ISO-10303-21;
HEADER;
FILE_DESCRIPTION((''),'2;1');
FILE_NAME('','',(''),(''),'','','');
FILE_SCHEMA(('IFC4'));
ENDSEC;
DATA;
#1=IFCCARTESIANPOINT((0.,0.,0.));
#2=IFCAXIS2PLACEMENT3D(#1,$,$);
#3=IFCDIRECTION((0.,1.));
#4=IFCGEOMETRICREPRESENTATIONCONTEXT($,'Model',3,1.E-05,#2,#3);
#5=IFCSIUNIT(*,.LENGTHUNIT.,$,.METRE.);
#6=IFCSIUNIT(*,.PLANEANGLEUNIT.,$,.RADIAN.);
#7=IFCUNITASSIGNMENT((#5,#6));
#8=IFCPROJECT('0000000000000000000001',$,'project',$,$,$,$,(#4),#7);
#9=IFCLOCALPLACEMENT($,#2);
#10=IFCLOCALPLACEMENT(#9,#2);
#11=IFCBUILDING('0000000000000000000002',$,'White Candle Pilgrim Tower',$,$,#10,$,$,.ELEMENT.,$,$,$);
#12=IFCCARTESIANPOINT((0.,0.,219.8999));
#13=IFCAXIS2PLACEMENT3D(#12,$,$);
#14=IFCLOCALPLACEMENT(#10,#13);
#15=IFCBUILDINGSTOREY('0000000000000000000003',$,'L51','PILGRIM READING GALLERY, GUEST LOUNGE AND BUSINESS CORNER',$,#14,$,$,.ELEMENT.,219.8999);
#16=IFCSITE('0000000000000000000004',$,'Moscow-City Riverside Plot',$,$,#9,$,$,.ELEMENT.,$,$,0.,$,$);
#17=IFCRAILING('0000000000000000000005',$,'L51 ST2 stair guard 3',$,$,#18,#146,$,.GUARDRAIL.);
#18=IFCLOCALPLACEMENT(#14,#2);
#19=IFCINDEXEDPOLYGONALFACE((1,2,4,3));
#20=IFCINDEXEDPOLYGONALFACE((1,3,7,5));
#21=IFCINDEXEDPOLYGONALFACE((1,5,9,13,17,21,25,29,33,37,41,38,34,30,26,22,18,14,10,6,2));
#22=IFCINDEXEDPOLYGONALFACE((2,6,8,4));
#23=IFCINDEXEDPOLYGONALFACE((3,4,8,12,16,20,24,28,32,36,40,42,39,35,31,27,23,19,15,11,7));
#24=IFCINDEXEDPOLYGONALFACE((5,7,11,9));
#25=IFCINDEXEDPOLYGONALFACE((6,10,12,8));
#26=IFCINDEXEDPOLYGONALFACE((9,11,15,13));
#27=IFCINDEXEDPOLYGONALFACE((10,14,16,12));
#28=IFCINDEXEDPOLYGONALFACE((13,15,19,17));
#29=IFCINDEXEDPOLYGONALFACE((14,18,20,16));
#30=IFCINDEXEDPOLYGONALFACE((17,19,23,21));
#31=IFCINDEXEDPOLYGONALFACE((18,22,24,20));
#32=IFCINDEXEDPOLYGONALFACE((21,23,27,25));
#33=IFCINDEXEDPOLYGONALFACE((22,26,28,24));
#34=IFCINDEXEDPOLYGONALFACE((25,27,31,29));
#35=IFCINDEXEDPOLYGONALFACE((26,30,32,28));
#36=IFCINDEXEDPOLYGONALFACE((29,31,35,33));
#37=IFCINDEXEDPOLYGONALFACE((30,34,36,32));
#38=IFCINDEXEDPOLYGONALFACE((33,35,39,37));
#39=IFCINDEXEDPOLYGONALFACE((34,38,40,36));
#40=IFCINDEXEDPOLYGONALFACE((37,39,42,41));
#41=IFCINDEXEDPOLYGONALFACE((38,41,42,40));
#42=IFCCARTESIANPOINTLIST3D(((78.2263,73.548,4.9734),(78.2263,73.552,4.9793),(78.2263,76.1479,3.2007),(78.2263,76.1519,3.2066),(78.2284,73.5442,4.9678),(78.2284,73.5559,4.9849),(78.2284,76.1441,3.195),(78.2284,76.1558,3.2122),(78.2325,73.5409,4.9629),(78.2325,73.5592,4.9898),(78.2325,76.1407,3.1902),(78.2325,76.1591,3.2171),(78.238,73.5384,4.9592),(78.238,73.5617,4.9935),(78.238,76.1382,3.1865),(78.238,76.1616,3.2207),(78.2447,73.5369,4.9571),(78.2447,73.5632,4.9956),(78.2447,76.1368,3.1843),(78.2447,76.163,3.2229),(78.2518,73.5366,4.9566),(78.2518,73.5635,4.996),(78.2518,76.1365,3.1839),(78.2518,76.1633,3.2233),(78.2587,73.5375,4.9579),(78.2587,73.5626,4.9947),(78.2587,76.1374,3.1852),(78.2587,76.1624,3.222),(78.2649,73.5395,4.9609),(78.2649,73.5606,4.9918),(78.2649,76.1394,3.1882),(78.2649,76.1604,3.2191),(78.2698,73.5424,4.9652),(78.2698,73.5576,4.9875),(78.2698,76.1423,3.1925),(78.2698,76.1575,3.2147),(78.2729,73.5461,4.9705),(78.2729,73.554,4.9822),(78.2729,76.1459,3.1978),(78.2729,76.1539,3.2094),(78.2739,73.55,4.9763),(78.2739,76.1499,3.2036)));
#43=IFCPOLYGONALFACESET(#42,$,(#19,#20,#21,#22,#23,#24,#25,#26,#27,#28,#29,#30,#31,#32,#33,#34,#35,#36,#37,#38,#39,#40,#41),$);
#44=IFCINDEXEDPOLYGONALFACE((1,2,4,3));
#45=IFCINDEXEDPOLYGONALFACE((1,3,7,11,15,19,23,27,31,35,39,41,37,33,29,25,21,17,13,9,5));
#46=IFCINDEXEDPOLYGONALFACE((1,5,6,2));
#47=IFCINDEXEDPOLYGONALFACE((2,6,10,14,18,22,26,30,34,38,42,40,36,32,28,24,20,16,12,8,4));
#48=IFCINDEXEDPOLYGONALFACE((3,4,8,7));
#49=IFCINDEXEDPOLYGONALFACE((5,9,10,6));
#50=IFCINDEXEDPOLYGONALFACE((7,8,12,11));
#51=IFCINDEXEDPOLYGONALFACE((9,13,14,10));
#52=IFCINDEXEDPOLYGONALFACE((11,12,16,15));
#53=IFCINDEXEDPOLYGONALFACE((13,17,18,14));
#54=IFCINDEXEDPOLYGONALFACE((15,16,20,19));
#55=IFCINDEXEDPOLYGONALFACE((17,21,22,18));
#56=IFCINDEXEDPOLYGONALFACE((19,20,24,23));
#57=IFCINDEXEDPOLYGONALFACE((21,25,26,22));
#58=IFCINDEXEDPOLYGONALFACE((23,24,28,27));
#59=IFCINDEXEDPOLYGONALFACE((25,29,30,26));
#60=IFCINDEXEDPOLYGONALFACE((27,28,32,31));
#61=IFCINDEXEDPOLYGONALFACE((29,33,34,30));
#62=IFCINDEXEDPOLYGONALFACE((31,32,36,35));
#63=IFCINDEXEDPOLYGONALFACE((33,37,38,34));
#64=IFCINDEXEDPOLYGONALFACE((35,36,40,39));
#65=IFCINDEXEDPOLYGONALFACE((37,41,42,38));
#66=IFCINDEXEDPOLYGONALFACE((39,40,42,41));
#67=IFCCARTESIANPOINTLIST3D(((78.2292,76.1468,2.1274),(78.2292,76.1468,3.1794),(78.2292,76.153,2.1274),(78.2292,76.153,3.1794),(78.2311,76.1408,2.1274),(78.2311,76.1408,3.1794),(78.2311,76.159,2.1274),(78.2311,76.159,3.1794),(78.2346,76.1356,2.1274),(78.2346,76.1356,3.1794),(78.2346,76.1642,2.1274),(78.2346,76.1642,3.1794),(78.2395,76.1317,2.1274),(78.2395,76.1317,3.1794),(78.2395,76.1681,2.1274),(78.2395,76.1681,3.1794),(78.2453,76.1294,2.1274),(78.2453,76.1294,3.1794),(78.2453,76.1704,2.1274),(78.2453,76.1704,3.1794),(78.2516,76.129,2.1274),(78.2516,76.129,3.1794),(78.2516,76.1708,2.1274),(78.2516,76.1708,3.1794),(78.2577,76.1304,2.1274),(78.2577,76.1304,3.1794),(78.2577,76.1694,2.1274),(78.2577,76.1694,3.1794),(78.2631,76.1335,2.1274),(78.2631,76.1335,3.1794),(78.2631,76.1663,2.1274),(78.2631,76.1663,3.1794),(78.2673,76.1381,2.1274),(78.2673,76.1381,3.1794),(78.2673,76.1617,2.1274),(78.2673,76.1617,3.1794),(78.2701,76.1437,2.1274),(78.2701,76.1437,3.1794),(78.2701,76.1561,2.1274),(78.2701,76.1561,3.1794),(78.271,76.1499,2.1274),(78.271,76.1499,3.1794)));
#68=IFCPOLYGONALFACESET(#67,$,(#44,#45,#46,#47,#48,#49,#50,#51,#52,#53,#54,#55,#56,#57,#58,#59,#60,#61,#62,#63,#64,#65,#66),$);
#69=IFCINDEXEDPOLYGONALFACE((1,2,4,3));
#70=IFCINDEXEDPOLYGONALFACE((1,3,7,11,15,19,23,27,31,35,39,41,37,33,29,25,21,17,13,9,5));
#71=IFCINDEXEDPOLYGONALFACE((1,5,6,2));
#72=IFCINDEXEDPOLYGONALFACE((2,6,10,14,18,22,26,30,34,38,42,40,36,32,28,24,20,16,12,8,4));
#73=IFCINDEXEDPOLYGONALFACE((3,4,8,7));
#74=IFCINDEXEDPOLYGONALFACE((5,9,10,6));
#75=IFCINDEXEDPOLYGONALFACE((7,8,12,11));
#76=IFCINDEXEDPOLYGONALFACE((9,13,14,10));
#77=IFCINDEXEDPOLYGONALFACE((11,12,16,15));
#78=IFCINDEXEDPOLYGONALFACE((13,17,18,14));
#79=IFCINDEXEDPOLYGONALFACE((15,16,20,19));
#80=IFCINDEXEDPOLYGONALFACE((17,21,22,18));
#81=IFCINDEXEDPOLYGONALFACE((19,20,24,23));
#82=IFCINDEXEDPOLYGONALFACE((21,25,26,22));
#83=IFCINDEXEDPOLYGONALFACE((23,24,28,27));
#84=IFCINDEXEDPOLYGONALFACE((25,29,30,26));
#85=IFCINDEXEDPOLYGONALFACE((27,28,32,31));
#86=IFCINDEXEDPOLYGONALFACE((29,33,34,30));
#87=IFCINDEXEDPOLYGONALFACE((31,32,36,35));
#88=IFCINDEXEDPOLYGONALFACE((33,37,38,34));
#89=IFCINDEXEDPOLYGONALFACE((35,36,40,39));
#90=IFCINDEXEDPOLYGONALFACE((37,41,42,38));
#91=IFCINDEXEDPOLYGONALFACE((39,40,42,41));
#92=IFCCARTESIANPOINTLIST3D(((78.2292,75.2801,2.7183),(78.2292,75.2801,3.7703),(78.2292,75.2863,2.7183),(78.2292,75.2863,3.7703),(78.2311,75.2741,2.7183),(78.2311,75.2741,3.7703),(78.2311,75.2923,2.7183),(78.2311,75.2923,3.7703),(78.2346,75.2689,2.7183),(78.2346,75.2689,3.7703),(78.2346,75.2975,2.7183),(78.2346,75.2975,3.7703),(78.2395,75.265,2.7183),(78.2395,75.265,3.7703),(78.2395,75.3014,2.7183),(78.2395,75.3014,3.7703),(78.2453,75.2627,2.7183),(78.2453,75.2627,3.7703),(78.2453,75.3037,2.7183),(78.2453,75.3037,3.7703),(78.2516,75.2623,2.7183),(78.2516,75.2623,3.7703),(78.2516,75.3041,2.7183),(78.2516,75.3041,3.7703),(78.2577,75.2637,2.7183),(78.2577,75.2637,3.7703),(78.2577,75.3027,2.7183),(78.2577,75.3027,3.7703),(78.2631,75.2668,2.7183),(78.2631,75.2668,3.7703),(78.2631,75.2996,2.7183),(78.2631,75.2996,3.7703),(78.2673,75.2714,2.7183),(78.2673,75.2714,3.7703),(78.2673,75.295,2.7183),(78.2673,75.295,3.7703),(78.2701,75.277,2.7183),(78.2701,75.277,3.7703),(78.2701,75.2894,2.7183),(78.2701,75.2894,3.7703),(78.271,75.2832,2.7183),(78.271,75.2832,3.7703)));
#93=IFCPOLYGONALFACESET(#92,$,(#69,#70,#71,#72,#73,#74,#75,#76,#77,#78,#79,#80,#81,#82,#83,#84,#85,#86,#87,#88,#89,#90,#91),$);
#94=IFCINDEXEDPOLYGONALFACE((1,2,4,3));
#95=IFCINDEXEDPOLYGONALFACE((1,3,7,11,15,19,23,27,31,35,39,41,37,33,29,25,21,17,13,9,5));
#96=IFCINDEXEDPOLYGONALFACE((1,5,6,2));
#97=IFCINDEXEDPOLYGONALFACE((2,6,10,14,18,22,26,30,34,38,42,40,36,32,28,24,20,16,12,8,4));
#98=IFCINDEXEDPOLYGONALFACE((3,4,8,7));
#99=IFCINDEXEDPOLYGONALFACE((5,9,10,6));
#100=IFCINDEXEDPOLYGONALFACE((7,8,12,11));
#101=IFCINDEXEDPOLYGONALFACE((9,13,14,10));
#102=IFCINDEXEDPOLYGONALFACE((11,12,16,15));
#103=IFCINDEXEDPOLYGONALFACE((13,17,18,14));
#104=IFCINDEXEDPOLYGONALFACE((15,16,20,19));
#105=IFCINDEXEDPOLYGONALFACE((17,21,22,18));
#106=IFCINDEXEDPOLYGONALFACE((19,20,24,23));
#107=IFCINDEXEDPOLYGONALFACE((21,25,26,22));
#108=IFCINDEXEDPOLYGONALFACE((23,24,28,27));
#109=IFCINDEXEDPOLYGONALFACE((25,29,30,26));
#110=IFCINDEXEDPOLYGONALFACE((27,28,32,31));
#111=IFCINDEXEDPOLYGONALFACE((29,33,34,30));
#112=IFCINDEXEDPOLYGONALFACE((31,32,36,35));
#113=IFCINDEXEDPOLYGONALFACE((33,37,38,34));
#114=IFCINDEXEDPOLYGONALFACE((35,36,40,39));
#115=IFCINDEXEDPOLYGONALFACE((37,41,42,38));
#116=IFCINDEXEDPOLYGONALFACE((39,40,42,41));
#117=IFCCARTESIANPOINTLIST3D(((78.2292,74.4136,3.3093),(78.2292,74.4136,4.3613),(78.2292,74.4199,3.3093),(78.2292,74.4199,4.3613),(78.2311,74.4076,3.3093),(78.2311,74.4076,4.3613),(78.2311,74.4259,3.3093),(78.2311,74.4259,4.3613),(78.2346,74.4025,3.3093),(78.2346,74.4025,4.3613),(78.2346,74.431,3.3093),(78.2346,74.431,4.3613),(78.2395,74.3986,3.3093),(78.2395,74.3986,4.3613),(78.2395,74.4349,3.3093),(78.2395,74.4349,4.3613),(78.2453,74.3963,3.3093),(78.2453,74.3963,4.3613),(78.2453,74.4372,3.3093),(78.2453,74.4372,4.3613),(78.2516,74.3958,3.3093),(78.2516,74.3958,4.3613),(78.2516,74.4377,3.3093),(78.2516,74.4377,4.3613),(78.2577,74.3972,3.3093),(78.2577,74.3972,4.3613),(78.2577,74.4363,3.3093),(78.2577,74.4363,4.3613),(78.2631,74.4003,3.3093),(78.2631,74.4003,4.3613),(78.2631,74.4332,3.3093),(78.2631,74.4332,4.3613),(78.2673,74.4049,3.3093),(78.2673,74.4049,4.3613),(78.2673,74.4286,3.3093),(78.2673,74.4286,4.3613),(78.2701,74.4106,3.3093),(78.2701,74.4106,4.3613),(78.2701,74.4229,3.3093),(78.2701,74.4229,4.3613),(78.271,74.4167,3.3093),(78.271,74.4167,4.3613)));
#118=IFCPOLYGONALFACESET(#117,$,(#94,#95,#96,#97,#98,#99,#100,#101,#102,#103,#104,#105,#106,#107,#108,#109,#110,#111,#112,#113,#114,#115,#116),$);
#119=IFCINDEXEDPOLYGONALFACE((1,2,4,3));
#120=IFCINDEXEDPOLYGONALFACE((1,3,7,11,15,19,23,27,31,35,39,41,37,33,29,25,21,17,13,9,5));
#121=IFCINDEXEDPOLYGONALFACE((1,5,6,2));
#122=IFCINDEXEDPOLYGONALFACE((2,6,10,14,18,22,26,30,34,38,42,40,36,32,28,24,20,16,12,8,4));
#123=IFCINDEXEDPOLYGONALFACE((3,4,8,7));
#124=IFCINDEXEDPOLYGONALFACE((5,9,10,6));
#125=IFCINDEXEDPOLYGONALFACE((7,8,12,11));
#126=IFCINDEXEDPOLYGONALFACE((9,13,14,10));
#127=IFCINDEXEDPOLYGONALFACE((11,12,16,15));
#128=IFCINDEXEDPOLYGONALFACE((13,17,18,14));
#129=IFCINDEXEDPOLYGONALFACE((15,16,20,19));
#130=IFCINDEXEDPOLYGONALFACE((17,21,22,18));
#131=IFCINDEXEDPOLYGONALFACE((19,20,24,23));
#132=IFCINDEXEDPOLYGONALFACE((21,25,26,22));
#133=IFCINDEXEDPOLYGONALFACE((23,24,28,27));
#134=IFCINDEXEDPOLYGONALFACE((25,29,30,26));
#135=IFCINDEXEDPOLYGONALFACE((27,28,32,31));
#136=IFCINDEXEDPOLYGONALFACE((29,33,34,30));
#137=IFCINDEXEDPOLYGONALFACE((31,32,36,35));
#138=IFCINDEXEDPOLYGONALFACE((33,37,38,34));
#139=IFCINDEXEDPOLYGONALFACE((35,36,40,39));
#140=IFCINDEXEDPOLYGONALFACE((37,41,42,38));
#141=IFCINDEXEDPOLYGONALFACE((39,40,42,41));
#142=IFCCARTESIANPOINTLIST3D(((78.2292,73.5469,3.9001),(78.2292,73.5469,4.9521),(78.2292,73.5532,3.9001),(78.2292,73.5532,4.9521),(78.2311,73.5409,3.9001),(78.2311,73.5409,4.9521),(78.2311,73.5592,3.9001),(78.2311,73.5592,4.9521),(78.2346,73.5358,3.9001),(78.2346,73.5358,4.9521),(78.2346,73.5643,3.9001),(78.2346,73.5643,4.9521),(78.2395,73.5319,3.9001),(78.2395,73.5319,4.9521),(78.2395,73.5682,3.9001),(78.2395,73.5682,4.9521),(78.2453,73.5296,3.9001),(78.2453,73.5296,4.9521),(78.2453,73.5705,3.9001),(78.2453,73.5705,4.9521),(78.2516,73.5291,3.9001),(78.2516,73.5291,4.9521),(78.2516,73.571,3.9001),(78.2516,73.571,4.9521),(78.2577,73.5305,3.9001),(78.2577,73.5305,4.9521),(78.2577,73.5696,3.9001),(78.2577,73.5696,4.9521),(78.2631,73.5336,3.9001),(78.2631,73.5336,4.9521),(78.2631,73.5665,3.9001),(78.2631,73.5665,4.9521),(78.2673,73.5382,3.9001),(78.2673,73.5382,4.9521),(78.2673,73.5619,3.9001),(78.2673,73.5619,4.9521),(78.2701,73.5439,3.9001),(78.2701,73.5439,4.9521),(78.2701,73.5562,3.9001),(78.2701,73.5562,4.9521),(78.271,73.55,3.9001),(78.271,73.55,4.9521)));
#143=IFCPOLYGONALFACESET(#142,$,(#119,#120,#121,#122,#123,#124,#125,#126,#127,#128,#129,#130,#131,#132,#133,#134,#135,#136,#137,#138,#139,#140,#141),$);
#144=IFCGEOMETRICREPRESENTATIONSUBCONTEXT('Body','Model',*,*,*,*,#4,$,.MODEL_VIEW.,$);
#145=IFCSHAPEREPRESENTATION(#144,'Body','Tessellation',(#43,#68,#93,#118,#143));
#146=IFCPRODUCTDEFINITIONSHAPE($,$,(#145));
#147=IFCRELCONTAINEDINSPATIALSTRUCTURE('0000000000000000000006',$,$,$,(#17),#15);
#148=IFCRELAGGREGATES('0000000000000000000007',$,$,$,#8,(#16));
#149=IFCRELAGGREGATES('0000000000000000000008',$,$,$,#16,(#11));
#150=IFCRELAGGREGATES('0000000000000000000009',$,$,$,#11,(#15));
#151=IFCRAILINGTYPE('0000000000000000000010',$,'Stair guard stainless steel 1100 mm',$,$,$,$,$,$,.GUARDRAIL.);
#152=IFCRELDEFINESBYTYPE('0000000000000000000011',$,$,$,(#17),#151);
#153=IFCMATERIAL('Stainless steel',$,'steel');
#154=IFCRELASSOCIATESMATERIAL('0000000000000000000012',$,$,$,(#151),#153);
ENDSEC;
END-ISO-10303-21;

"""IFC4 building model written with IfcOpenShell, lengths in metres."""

from ifc_helpers import new_model, si_unit, direction, frame, origin, origin_2d, place, context, subcontext, project, spatial, circle, extrude, material, type_object, element, save


model = new_model("IFC4")

# Units and contexts
model_context = context("Model", 3, precision=1e-05, world=origin(), true_north=direction((0.0, 1.0)))
body_context = subcontext(model_context, "Body", "Model", "MODEL_VIEW")
ifc_project = project(units=[si_unit("LENGTHUNIT", "METRE"), si_unit("PLANEANGLEUNIT", "RADIAN")], contexts=[model_context])

# Site, building, storey
site_placement = place(None, origin())
site = spatial("IfcSite", under=ifc_project, at=site_placement, Name="Moscow-City Riverside Plot", CompositionType="ELEMENT", RefElevation=0.0)
building_placement = place(site_placement, origin())
building = spatial("IfcBuilding", under=site, at=building_placement, Name="White Candle Pilgrim Tower", CompositionType="ELEMENT")
storey_placement = place(building_placement, frame((0.0, 0.0, 219.8999)))
storey = spatial("IfcBuildingStorey", under=building, at=storey_placement, Name="L51", Description="PILGRIM READING GALLERY, GUEST LOUNGE AND BUSINESS CORNER", CompositionType="ELEMENT", Elevation=219.8999)

# Railing
ifc_material_1 = material(Name="Stainless steel", Category="steel")
railing_type = type_object("IfcRailingType", Name="Stair guard stainless steel 1100 mm", PredefinedType="GUARDRAIL", material=ifc_material_1)
railing_1_placement = place(storey_placement, frame((78.25, 76.1499, 2.1274)))
element("IfcRailing", 1, at=railing_1_placement, inside=storey, type_object=railing_type, Name="L51 ST2 stair guard 3", PredefinedType="GUARDRAIL", context=body_context, shape_type="SweptSolid", body=[
    extrude(circle(Radius=0.0239, at=origin_2d()), frame((0.0, 0.0, 1.0762), z_axis=(0.0, -0.826216, 0.563354), x_axis=(1.0, 0.0, 0.0)), (0.0, 0.0, 1.0), 3.1467),
    extrude(circle(Radius=0.021, at=origin_2d()), origin(), (0.0, 0.0, 1.0), 1.052),
    extrude(circle(Radius=0.021, at=origin_2d()), frame((0.0, -0.8667, 0.5908)), (0.0, 0.0, 1.0), 1.052),
    extrude(circle(Radius=0.021, at=origin_2d()), frame((0.0, -1.7332, 1.1819)), (0.0, 0.0, 1.0), 1.052),
    extrude(circle(Radius=0.021, at=origin_2d()), frame((0.0, -2.5999, 1.7727)), (0.0, 0.0, 1.0), 1.052),
])

save(model, "model.ifc")
